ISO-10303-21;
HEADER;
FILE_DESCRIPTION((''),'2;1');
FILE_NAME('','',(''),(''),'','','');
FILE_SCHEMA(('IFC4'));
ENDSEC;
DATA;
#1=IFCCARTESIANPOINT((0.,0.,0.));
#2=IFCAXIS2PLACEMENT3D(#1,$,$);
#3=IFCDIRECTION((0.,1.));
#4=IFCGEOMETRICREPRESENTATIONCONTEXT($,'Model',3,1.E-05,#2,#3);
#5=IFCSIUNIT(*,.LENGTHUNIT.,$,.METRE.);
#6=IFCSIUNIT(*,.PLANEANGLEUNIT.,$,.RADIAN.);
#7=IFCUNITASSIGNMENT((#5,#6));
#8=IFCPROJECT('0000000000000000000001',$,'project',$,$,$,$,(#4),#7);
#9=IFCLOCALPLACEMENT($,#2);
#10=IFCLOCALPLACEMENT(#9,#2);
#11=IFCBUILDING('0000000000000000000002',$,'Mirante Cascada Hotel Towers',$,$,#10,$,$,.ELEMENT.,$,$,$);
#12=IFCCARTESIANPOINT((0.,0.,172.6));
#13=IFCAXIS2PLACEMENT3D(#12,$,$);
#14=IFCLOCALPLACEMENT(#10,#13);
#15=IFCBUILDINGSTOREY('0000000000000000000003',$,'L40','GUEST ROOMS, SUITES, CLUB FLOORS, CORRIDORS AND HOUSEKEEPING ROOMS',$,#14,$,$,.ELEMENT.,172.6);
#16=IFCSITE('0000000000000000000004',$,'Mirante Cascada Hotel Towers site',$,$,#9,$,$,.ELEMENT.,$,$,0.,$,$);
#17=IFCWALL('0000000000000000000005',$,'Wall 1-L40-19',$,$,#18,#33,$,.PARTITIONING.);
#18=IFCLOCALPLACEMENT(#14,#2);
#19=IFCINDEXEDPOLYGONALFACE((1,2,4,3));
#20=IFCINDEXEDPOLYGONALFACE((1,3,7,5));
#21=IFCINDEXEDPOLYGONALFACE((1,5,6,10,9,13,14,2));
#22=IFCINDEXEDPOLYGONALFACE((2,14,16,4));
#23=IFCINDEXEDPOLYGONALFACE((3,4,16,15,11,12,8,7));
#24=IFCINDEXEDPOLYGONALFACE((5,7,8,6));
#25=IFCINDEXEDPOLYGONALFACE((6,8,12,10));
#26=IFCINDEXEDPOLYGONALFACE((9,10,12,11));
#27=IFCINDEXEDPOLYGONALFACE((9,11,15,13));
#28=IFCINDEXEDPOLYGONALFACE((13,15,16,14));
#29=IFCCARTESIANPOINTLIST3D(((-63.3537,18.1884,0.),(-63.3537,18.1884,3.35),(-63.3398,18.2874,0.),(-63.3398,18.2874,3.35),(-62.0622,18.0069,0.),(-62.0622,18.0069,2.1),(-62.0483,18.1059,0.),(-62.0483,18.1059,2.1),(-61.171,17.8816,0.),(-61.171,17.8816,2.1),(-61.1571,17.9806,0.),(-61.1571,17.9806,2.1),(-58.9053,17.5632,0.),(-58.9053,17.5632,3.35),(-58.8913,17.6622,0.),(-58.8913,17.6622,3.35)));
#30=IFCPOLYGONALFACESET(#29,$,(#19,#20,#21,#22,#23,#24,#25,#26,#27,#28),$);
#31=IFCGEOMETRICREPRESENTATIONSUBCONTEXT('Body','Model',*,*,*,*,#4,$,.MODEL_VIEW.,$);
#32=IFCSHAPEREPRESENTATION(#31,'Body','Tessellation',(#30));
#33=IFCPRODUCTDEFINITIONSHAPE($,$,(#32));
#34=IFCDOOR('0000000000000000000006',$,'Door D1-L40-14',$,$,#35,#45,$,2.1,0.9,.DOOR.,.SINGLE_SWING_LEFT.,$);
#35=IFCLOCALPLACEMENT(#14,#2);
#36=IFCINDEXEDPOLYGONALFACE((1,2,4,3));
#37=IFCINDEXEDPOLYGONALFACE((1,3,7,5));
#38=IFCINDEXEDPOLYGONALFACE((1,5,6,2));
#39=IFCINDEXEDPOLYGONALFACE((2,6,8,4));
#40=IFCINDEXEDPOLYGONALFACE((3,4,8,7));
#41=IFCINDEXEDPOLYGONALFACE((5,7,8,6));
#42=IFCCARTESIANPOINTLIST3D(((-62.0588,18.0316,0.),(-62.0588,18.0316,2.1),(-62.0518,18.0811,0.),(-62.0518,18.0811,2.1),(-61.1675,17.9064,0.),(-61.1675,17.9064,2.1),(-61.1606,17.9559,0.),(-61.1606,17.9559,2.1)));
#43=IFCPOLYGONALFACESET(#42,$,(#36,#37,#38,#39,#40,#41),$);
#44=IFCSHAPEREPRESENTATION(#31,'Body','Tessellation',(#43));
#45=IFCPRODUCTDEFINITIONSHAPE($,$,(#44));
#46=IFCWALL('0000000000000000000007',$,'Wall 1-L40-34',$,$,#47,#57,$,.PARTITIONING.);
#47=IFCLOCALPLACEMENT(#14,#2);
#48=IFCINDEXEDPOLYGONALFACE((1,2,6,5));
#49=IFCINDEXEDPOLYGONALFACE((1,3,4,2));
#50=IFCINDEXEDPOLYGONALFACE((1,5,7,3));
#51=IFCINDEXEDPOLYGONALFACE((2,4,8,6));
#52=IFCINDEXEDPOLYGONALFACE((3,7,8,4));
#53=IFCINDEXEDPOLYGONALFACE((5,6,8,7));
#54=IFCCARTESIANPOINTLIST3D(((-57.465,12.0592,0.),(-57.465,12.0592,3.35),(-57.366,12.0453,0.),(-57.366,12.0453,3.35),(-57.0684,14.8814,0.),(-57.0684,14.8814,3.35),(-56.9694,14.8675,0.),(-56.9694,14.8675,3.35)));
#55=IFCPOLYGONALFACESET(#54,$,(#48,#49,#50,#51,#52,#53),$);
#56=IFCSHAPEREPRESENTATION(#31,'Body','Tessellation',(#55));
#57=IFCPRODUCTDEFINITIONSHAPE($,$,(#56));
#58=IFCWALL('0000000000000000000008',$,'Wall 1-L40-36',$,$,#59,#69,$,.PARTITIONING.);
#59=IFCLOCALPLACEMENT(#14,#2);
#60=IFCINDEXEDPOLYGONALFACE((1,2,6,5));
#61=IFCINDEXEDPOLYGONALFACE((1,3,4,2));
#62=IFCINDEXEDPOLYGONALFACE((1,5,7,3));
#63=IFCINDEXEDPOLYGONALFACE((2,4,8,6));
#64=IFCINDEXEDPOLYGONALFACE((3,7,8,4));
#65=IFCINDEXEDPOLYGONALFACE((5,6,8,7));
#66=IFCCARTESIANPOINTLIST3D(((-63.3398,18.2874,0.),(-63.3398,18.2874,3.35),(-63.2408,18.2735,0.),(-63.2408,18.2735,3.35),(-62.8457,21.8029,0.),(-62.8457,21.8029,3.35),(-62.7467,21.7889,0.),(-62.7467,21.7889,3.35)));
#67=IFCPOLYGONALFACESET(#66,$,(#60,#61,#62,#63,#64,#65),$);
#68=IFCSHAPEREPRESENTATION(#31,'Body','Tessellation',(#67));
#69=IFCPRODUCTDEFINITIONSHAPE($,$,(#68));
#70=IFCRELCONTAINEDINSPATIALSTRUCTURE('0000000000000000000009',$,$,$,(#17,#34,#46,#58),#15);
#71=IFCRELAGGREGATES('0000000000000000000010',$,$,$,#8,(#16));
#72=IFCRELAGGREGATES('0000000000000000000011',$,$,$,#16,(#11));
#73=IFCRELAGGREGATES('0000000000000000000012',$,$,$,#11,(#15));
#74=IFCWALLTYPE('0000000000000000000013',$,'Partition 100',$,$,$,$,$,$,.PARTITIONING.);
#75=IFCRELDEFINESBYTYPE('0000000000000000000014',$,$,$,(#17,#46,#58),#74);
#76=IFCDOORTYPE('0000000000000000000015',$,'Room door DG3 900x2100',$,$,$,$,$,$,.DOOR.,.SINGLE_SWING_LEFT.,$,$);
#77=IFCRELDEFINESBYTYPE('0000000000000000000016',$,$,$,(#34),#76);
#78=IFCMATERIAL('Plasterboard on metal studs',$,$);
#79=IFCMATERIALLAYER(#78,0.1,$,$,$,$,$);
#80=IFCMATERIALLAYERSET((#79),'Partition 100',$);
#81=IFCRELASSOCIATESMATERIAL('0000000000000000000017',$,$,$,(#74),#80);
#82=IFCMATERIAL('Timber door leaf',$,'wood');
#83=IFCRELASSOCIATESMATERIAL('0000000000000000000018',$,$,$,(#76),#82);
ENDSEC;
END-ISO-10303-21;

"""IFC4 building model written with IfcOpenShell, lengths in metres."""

from ifc_helpers import new_model, si_unit, direction, frame, frame_2d, origin, place, context, subcontext, project, spatial, rectangle, extrude, material, layer, layer_set, type_object, element, fill, save


model = new_model("IFC4")

# Units and contexts
model_context = context("Model", 3, precision=1e-05, world=origin(), true_north=direction((0.0, 1.0)))
body_context = subcontext(model_context, "Body", "Model", "MODEL_VIEW")
ifc_project = project(units=[si_unit("LENGTHUNIT", "METRE"), si_unit("PLANEANGLEUNIT", "RADIAN")], contexts=[model_context])

# Site, building, storey
site_placement = place(None, origin())
site = spatial("IfcSite", under=ifc_project, at=site_placement, Name="Mirante Cascada Hotel Towers site", CompositionType="ELEMENT", RefElevation=0.0)
building_placement = place(site_placement, origin())
building = spatial("IfcBuilding", under=site, at=building_placement, Name="Mirante Cascada Hotel Towers", CompositionType="ELEMENT")
storey_placement = place(building_placement, frame((0.0, 0.0, 172.6)))
storey = spatial("IfcBuildingStorey", under=building, at=storey_placement, Name="L40", Description="GUEST ROOMS, SUITES, CLUB FLOORS, CORRIDORS AND HOUSEKEEPING ROOMS", CompositionType="ELEMENT", Elevation=172.6)

# Wall, opening, door
ifc_material_1 = material(Name="Plasterboard on metal studs")
ifc_layer_1 = layer(ifc_material_1, 0.1)
ifc_layer_set_1 = layer_set([ifc_layer_1], Name="Partition 100")
wall_type_1 = type_object("IfcWallType", Name="Partition 100", PredefinedType="PARTITIONING", material=ifc_layer_set_1)
wall_1_placement = place(storey_placement, frame((-58.8983, 17.6127, 0.0), z_axis=(0.0, 0.0, 1.0), x_axis=(-0.990268, 0.139174, 0.0)))
wall_1 = element("IfcWall", 1, at=wall_1_placement, inside=storey, type_object=wall_type_1, Name="Wall 1-L40-19", PredefinedType="PARTITIONING", context=body_context, shape_type="SweptSolid", body=[
    extrude(rectangle(XDim=4.4922, YDim=0.1, at=frame_2d((2.2461, 0.0))), origin(), (0.0, 0.0, 1.0), 3.35),
])
opening_1_placement = place(wall_1_placement, frame((2.288, 0.0, 0.0)))
opening_1 = element("IfcOpeningElement", 2, at=opening_1_placement, cuts=wall_1, PredefinedType="OPENING", context=body_context, shape_type="SweptSolid", body=[
    extrude(rectangle(XDim=0.9, YDim=2.1, at=frame_2d((0.45, 1.05))), frame((0.0, 0.05, 0.0), z_axis=(0.0, -1.0, 0.0), x_axis=(1.0, 0.0, 0.0)), (0.0, 0.0, 1.0), 0.1),
])
ifc_material_2 = material(Name="Timber door leaf", Category="wood")
door_type_1 = type_object("IfcDoorType", Name="Room door DG3 900x2100", OperationType="SINGLE_SWING_LEFT", PredefinedType="DOOR", material=ifc_material_2)
door_1_placement = place(opening_1_placement, origin())
door_1 = element("IfcDoor", 3, at=door_1_placement, inside=storey, type_object=door_type_1, Name="Door D1-L40-14", OperationType="SINGLE_SWING_LEFT", OverallHeight=2.1, OverallWidth=0.9, PredefinedType="DOOR", context=body_context, shape_type="SweptSolid", body=[
    extrude(rectangle(XDim=0.9, YDim=2.1, at=frame_2d((0.45, 1.05))), frame((0.0, 0.025, 0.0), z_axis=(0.0, -1.0, 0.0), x_axis=(1.0, 0.0, 0.0)), (0.0, 0.0, 1.0), 0.05),
])
fill(opening_1, door_1)

# Walls
wall_2_placement = place(storey_placement, frame((-57.0189, 14.8745, 0.0), z_axis=(0.0, 0.0, 1.0), x_axis=(-0.139161, -0.99027, 0.0)))
element("IfcWall", 4, at=wall_2_placement, inside=storey, type_object=wall_type_1, Name="Wall 1-L40-34", PredefinedType="PARTITIONING", context=body_context, shape_type="SweptSolid", body=[
    extrude(rectangle(XDim=2.8499, YDim=0.1, at=frame_2d((1.425, 0.0))), origin(), (0.0, 0.0, 1.0), 3.35),
])
wall_3_placement = place(storey_placement, frame((-62.7962, 21.7959, 0.0), z_axis=(0.0, 0.0, 1.0), x_axis=(-0.139185, -0.990266, 0.0)))
element("IfcWall", 5, at=wall_3_placement, inside=storey, type_object=wall_type_1, Name="Wall 1-L40-36", PredefinedType="PARTITIONING", context=body_context, shape_type="SweptSolid", body=[
    extrude(rectangle(XDim=3.55, YDim=0.1, at=frame_2d((1.775, 0.0))), origin(), (0.0, 0.0, 1.0), 3.35),
])

save(model, "model.ifc")
